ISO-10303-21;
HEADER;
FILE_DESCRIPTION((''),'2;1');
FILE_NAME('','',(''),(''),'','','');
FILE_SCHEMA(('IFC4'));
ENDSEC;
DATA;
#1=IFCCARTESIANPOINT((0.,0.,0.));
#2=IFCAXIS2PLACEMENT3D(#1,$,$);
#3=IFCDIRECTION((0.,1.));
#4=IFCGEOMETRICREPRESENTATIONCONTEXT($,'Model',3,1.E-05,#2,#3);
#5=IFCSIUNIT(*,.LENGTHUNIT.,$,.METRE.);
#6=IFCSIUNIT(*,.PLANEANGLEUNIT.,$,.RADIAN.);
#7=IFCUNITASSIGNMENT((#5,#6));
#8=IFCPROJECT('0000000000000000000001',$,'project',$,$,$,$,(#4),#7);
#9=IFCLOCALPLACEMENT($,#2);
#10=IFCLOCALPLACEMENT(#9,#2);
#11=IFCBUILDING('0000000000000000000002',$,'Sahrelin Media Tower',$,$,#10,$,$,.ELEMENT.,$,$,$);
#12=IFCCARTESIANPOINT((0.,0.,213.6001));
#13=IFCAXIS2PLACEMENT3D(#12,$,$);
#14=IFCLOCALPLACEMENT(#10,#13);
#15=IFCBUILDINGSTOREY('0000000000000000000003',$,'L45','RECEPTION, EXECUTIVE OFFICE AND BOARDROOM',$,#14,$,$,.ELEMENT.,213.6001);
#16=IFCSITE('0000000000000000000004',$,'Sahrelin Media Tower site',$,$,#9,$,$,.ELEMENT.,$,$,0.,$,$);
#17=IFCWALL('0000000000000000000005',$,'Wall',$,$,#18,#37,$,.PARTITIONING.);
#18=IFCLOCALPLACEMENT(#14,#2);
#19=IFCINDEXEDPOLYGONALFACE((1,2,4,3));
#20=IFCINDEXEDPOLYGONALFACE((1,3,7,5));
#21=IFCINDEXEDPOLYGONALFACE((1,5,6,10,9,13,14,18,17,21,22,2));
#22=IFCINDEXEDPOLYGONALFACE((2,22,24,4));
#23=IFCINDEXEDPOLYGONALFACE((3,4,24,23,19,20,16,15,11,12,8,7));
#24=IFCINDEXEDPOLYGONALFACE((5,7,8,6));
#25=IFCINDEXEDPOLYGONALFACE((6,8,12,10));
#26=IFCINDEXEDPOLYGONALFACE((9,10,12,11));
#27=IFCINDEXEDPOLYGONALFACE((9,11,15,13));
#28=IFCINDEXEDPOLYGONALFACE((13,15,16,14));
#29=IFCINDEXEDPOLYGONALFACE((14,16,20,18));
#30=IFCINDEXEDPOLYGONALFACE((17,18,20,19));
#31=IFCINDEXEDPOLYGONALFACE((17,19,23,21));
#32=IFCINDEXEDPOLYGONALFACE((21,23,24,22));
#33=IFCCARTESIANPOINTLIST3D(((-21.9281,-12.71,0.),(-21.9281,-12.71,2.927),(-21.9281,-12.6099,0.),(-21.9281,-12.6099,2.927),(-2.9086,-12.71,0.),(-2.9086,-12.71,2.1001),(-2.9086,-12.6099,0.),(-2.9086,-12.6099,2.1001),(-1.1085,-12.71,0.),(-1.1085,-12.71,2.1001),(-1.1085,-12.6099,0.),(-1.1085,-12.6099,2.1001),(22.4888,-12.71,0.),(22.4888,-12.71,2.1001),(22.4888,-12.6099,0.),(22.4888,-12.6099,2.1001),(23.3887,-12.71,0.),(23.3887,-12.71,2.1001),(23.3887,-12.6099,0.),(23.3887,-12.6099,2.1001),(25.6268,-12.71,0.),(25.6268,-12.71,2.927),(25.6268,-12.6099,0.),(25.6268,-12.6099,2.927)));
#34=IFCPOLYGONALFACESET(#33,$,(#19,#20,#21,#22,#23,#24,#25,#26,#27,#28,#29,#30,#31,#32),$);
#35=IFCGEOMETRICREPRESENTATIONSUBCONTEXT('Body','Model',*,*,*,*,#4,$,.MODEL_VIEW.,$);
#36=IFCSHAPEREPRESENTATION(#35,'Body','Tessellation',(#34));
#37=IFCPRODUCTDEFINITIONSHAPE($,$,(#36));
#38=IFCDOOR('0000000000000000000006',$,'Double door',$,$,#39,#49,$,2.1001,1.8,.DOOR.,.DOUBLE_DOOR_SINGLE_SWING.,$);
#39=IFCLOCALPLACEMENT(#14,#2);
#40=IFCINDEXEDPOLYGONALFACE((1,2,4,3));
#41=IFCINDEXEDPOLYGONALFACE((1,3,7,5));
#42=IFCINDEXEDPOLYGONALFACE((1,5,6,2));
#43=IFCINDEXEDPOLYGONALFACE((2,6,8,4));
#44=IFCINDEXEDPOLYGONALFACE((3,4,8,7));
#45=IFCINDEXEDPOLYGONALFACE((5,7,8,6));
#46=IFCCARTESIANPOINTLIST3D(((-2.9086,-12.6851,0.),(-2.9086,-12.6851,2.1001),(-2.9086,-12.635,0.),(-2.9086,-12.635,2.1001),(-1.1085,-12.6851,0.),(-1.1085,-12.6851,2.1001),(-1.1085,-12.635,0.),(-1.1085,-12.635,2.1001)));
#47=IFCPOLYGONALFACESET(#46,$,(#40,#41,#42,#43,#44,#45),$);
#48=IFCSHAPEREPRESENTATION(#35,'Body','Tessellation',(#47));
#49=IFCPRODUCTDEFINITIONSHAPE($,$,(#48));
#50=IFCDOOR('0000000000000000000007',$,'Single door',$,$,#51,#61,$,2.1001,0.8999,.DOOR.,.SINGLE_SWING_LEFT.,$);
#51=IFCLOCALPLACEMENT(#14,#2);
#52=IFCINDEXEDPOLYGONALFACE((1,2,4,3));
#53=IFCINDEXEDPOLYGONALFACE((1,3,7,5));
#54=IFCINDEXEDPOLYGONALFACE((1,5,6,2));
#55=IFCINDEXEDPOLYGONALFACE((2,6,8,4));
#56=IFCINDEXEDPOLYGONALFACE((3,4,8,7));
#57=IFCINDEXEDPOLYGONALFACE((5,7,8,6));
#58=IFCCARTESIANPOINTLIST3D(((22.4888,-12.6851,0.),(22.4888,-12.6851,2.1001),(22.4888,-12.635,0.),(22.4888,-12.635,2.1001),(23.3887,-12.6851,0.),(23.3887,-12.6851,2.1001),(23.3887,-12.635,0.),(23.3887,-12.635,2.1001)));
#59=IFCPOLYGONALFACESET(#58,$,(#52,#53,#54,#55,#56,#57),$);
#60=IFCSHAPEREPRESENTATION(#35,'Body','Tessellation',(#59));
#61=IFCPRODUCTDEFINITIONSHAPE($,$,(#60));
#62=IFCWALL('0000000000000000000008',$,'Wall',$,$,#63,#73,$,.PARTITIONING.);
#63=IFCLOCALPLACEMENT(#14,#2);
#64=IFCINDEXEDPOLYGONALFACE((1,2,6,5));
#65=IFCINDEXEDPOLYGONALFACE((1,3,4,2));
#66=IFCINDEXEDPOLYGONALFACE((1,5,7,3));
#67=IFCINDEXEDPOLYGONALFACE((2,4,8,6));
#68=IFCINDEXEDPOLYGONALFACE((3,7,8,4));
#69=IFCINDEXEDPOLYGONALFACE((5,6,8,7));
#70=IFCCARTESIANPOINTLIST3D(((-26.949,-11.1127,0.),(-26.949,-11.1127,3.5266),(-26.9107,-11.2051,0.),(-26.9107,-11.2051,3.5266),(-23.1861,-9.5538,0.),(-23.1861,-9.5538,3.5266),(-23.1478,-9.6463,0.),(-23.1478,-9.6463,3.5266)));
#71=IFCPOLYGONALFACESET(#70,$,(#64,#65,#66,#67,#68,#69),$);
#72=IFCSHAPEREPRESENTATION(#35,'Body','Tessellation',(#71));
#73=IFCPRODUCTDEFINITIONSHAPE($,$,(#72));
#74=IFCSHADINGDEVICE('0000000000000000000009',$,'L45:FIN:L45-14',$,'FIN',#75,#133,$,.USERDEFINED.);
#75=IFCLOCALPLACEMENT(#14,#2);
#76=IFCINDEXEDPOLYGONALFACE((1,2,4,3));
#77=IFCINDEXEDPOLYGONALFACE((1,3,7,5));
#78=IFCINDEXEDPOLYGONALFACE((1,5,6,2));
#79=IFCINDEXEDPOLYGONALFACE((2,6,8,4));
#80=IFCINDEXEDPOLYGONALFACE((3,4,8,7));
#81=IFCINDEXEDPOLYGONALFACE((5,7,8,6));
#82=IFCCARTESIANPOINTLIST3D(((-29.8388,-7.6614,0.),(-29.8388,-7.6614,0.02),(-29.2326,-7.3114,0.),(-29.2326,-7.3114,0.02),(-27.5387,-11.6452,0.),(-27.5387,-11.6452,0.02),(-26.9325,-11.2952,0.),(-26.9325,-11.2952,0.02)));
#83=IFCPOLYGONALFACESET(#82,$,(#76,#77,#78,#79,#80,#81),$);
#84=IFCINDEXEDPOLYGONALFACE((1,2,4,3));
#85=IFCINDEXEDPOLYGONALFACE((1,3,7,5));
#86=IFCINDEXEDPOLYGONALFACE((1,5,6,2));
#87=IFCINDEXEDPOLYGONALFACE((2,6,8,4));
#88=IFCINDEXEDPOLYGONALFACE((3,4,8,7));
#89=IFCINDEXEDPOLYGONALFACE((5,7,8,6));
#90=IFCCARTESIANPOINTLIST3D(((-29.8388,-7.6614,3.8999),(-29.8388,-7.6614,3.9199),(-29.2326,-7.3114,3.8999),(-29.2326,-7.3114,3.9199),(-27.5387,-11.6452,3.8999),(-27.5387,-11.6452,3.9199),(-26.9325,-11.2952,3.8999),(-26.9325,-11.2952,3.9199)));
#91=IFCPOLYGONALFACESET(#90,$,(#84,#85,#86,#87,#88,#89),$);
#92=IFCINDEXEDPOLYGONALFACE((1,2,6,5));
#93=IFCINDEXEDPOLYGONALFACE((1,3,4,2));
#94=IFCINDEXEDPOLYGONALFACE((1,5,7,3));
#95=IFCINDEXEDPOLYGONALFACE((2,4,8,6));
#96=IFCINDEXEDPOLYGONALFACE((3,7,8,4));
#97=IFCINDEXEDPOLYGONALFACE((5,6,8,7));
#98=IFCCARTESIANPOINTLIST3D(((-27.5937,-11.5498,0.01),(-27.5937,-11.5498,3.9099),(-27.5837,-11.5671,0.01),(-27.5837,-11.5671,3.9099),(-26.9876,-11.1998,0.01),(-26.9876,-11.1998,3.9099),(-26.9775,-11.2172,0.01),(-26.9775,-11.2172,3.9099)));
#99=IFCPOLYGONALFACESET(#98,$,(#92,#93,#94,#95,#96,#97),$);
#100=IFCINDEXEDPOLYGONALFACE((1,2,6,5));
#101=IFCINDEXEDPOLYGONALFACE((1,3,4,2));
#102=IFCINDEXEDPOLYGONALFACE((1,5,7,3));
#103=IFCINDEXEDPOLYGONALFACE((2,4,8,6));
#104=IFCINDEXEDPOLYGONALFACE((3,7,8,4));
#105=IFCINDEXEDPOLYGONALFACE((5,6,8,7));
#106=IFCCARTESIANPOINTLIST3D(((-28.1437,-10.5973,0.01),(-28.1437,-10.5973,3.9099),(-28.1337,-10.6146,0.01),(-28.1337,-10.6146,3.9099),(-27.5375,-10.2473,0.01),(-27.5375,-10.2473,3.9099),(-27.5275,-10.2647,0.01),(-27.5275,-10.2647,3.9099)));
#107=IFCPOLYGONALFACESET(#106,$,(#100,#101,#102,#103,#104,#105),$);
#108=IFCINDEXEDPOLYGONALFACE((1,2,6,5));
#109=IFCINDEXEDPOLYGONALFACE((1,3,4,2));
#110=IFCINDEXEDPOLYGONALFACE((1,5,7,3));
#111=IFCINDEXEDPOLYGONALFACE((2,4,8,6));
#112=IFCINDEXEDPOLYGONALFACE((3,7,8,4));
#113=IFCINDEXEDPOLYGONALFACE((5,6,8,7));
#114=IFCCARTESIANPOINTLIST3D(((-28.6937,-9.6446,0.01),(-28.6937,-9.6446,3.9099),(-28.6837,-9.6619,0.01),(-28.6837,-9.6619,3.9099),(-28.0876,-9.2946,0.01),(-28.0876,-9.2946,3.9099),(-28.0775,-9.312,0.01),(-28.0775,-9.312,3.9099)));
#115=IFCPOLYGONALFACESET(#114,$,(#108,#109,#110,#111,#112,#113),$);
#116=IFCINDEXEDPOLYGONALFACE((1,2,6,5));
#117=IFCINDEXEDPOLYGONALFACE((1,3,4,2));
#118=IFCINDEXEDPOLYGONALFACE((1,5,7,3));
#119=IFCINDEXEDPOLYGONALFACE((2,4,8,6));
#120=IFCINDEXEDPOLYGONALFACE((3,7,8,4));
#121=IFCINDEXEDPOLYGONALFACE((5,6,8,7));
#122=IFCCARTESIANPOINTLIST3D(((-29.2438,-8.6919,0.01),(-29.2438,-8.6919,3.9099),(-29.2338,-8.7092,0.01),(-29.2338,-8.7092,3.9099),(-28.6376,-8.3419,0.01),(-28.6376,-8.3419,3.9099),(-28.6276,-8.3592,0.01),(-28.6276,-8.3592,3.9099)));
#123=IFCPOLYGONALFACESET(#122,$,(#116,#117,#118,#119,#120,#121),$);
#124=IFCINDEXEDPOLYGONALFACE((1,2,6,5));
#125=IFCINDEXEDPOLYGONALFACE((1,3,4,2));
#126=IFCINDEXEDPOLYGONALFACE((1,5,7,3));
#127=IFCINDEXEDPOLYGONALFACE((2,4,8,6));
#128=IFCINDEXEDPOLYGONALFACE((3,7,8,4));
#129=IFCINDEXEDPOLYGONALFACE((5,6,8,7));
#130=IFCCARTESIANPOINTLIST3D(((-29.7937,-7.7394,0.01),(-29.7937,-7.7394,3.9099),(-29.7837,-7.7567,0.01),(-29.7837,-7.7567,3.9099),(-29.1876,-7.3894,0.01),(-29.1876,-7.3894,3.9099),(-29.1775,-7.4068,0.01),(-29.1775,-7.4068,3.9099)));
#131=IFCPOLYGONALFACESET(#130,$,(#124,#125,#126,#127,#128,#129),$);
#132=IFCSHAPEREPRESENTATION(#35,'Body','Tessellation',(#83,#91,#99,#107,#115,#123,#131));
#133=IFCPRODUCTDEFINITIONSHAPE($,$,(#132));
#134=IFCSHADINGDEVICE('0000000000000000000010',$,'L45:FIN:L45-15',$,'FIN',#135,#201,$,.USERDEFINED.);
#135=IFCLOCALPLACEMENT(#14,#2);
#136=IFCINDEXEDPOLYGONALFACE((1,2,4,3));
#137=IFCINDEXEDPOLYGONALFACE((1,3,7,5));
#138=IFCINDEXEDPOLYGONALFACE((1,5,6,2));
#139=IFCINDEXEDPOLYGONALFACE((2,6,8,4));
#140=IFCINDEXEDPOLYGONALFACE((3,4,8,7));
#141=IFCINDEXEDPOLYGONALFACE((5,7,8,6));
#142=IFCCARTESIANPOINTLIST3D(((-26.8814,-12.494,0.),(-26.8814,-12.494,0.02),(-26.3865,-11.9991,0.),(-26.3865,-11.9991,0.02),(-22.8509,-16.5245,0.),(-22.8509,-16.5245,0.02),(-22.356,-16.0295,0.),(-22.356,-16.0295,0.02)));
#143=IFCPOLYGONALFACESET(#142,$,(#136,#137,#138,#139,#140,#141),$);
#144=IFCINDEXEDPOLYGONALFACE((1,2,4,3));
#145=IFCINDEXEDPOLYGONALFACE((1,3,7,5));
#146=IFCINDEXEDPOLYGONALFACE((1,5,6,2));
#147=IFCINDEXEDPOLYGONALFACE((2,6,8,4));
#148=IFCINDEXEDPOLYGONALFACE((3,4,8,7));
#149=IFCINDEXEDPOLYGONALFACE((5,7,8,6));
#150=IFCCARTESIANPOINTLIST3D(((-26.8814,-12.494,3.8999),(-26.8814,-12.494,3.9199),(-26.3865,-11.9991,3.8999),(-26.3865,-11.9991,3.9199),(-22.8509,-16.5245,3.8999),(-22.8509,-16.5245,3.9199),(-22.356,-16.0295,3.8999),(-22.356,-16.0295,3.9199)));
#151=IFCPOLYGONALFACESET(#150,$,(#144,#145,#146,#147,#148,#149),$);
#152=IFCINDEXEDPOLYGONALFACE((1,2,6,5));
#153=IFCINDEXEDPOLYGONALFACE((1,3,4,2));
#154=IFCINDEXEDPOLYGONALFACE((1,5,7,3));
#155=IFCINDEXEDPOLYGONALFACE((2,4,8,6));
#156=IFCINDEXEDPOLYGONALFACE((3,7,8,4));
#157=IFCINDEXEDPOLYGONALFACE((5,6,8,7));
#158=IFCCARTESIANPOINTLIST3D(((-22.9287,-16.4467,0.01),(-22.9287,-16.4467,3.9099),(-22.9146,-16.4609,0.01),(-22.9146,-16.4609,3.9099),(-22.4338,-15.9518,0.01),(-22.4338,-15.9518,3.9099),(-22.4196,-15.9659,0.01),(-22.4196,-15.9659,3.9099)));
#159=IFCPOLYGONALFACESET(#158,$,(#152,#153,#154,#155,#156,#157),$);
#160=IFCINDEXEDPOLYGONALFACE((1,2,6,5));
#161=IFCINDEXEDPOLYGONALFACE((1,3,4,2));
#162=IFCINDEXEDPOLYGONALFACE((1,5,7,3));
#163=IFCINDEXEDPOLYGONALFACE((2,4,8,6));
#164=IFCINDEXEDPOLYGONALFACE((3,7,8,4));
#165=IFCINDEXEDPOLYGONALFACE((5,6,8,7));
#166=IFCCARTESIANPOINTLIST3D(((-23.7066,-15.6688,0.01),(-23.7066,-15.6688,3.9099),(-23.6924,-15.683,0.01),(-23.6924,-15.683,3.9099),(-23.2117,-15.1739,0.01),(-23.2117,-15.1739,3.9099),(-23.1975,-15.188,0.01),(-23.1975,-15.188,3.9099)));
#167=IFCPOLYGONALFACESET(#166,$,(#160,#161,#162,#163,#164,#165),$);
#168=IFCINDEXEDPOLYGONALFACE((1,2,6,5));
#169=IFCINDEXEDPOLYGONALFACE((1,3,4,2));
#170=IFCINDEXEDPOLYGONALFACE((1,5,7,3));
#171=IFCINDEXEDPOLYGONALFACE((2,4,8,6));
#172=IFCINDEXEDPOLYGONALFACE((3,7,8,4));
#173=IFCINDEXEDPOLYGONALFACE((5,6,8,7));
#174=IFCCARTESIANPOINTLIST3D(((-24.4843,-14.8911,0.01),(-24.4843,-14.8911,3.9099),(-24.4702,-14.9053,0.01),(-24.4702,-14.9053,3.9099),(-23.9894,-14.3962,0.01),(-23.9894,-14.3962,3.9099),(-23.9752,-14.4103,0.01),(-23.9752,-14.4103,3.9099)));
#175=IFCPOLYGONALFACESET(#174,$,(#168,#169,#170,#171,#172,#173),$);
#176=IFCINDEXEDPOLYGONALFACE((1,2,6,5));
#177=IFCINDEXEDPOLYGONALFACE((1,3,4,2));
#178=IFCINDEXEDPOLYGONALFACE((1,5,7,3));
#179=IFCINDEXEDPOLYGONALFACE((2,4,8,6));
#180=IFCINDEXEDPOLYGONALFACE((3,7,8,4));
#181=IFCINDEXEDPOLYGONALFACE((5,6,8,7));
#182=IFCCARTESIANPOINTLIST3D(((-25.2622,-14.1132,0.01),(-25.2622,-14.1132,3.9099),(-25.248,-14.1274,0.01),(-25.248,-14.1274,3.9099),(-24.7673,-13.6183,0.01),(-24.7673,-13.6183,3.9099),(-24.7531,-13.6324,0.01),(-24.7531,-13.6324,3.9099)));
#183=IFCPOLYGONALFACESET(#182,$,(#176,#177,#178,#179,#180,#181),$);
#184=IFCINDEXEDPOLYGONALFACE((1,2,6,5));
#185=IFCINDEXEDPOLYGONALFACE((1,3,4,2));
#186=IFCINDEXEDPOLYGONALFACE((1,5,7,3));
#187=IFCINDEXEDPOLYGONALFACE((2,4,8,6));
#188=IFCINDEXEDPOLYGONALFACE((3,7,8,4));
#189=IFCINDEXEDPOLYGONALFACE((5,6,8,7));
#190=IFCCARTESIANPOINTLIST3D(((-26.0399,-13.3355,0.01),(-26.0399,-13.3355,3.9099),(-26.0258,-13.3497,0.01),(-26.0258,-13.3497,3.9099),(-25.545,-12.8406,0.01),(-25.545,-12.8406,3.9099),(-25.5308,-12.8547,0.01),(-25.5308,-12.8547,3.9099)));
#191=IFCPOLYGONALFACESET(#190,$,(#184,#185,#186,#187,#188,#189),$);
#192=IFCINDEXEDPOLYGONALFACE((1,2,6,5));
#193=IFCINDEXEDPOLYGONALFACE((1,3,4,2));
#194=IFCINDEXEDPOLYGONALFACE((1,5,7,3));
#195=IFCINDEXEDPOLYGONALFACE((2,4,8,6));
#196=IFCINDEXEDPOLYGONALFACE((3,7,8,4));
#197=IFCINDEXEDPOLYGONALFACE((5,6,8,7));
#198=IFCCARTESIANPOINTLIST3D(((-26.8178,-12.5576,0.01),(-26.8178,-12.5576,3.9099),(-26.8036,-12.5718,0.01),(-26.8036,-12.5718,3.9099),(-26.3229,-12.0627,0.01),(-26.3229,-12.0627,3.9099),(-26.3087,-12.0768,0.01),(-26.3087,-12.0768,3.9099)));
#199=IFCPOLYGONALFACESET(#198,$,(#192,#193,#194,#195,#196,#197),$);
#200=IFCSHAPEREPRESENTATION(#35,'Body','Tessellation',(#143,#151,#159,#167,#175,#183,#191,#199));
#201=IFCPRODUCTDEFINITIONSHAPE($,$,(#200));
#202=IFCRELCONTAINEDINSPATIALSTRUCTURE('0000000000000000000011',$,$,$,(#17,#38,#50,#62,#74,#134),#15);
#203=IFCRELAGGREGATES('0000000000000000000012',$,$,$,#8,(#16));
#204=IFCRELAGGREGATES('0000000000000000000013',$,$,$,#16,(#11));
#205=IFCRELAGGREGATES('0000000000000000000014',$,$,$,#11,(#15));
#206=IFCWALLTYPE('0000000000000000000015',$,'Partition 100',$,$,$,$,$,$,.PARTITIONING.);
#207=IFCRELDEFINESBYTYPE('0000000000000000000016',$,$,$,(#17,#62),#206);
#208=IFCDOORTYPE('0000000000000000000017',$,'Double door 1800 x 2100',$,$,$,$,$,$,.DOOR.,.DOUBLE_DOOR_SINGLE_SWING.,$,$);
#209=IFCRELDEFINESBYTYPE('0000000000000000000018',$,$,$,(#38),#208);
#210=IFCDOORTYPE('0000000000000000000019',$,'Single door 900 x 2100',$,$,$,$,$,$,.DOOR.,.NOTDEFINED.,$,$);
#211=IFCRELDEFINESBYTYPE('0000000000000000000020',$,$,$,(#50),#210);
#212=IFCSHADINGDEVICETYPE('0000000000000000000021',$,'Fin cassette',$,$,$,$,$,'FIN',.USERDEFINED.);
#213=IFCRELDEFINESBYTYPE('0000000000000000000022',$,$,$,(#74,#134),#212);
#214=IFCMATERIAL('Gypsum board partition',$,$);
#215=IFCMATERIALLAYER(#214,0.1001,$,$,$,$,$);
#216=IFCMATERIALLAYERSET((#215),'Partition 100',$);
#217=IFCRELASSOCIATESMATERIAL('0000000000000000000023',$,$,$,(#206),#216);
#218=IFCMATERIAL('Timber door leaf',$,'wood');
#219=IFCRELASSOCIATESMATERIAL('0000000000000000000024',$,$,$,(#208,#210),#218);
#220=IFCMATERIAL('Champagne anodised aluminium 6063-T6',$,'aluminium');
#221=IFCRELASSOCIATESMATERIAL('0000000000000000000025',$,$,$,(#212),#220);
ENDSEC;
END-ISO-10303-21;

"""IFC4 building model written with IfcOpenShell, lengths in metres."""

from ifc_helpers import new_model, si_unit, direction, frame, frame_2d, origin, origin_2d, place, context, subcontext, project, spatial, rectangle, extrude, material, layer, layer_set, type_object, element, fill, save


model = new_model("IFC4")

# Units and contexts
model_context = context("Model", 3, precision=1e-05, world=origin(), true_north=direction((0.0, 1.0)))
body_context = subcontext(model_context, "Body", "Model", "MODEL_VIEW")
ifc_project = project(units=[si_unit("LENGTHUNIT", "METRE"), si_unit("PLANEANGLEUNIT", "RADIAN")], contexts=[model_context])

# Site, building, storey
site_placement = place(None, origin())
site = spatial("IfcSite", under=ifc_project, at=site_placement, Name="Sahrelin Media Tower site", CompositionType="ELEMENT", RefElevation=0.0)
building_placement = place(site_placement, origin())
building = spatial("IfcBuilding", under=site, at=building_placement, Name="Sahrelin Media Tower", CompositionType="ELEMENT")
storey_placement = place(building_placement, frame((0.0, 0.0, 213.6001)))
storey = spatial("IfcBuildingStorey", under=building, at=storey_placement, Name="L45", Description="RECEPTION, EXECUTIVE OFFICE AND BOARDROOM", CompositionType="ELEMENT", Elevation=213.6001)

# Shared definitions
ifc_material_1 = material(Name="Champagne anodised aluminium 6063-T6", Category="aluminium")

# Wall, openings, doors
ifc_material_2 = material(Name="Gypsum board partition")
ifc_layer_1 = layer(ifc_material_2, 0.1001)
ifc_layer_set_1 = layer_set([ifc_layer_1], Name="Partition 100")
wall_type_1 = type_object("IfcWallType", Name="Partition 100", PredefinedType="PARTITIONING", material=ifc_layer_set_1)
wall_1_placement = place(storey_placement, frame((-21.928, -12.6599, 0.0), z_axis=(0.0, 0.0, 1.0), x_axis=(1.0, 0.0, 0.0)))
wall_1 = element("IfcWall", 1, at=wall_1_placement, inside=storey, type_object=wall_type_1, Name="Wall", PredefinedType="PARTITIONING", context=body_context, shape_type="SweptSolid", body=[
    extrude(rectangle(XDim=47.5549, YDim=0.1001, at=frame_2d((23.7773, 0.0))), origin(), (0.0, 0.0, 1.0), 2.927),
])
opening_1_placement = place(wall_1_placement, frame((19.0195, 0.0, 0.0)))
opening_1 = element("IfcOpeningElement", 2, at=opening_1_placement, cuts=wall_1, PredefinedType="OPENING", context=body_context, shape_type="SweptSolid", body=[
    extrude(rectangle(XDim=1.8, YDim=2.1001, at=frame_2d((0.8999, 1.05))), frame((0.0, 0.05, 0.0), z_axis=(0.0, -1.0, 0.0), x_axis=(1.0, 0.0, 0.0)), (0.0, 0.0, 1.0), 0.1001),
])
opening_2_placement = place(wall_1_placement, frame((44.4167, 0.0, 0.0)))
opening_2 = element("IfcOpeningElement", 3, at=opening_2_placement, cuts=wall_1, PredefinedType="OPENING", context=body_context, shape_type="SweptSolid", body=[
    extrude(rectangle(XDim=0.8999, YDim=2.1001, at=frame_2d((0.45, 1.05))), frame((0.0, 0.05, 0.0), z_axis=(0.0, -1.0, 0.0), x_axis=(1.0, 0.0, 0.0)), (0.0, 0.0, 1.0), 0.1001),
])
ifc_material_3 = material(Name="Timber door leaf", Category="wood")
door_type_1 = type_object("IfcDoorType", Name="Double door 1800 x 2100", OperationType="DOUBLE_DOOR_SINGLE_SWING", PredefinedType="DOOR", material=ifc_material_3)
door_1_placement = place(opening_1_placement, origin())
door_1 = element("IfcDoor", 4, at=door_1_placement, inside=storey, type_object=door_type_1, Name="Double door", OperationType="DOUBLE_DOOR_SINGLE_SWING", OverallHeight=2.1001, OverallWidth=1.8, PredefinedType="DOOR", context=body_context, shape_type="SweptSolid", body=[
    extrude(rectangle(XDim=1.8, YDim=2.1001, at=frame_2d((0.8999, 1.05))), frame((0.0, 0.0249, 0.0), z_axis=(0.0, -1.0, 0.0), x_axis=(1.0, 0.0, 0.0)), (0.0, 0.0, 1.0), 0.05),
])
fill(opening_1, door_1)
door_type_2 = type_object("IfcDoorType", Name="Single door 900 x 2100", OperationType="NOTDEFINED", PredefinedType="DOOR", material=ifc_material_3)
door_2_placement = place(opening_2_placement, origin())
door_2 = element("IfcDoor", 5, at=door_2_placement, inside=storey, type_object=door_type_2, Name="Single door", OperationType="SINGLE_SWING_LEFT", OverallHeight=2.1001, OverallWidth=0.8999, PredefinedType="DOOR", context=body_context, shape_type="SweptSolid", body=[
    extrude(rectangle(XDim=0.8999, YDim=2.1001, at=frame_2d((0.45, 1.05))), frame((0.0, 0.0249, 0.0), z_axis=(0.0, -1.0, 0.0), x_axis=(1.0, 0.0, 0.0)), (0.0, 0.0, 1.0), 0.05),
])
fill(opening_2, door_2)

# Wall
wall_2_placement = place(storey_placement, frame((-26.9299, -11.1589, 0.0), z_axis=(0.0, 0.0, 1.0), x_axis=(0.923864, 0.382721, 0.0)))
element("IfcWall", 6, at=wall_2_placement, inside=storey, type_object=wall_type_1, Name="Wall", PredefinedType="PARTITIONING", context=body_context, shape_type="SweptSolid", body=[
    extrude(rectangle(XDim=4.073, YDim=0.1001, at=frame_2d((2.0366, 0.0))), origin(), (0.0, 0.0, 1.0), 3.5266),
])

# Shading devices
shading_device_type_1 = type_object("IfcShadingDeviceType", Name="Fin cassette", ElementType="FIN", PredefinedType="USERDEFINED", material=ifc_material_1)
placement_1 = place(storey_placement, frame((-28.022, -9.2683, 0.0), z_axis=(0.0, 0.0, 1.0), x_axis=(-0.500011, 0.866019, 0.0)))
element("IfcShadingDevice", 7, at=placement_1, inside=storey, type_object=shading_device_type_1, Name="L45:FIN:L45-14", ObjectType="FIN", PredefinedType="USERDEFINED", context=body_context, shape_type="SweptSolid", body=[
    extrude(rectangle(XDim=4.6001, YDim=0.7, at=origin_2d()), frame((0.0, 0.4199, 0.0)), (0.0, 0.0, 1.0), 0.02),
    extrude(rectangle(XDim=4.6001, YDim=0.7, at=origin_2d()), frame((0.0, 0.4199, 3.8999)), (0.0, 0.0, 1.0), 0.02),
    extrude(rectangle(XDim=0.02, YDim=0.7, at=origin_2d()), frame((-2.2, 0.4199, 0.01), z_axis=(0.0, 0.0, 1.0), x_axis=(1.0, 0.0, 0.0)), (0.0, 0.0, 1.0), 3.8999),
    extrude(rectangle(XDim=0.02, YDim=0.7, at=origin_2d()), frame((-1.1001, 0.4199, 0.01), z_axis=(0.0, 0.0, 1.0), x_axis=(1.0, 0.0, 0.0)), (0.0, 0.0, 1.0), 3.8999),
    extrude(rectangle(XDim=0.02, YDim=0.7, at=origin_2d()), frame((0.0, 0.4199, 0.01), z_axis=(0.0, 0.0, 1.0), x_axis=(1.0, 0.0, 0.0)), (0.0, 0.0, 1.0), 3.8999),
    extrude(rectangle(XDim=0.02, YDim=0.7, at=origin_2d()), frame((1.1001, 0.4199, 0.01), z_axis=(0.0, 0.0, 1.0), x_axis=(1.0, 0.0, 0.0)), (0.0, 0.0, 1.0), 3.8999),
    extrude(rectangle(XDim=0.02, YDim=0.7, at=origin_2d()), frame((2.2, 0.4199, 0.01), z_axis=(0.0, 0.0, 1.0), x_axis=(1.0, 0.0, 0.0)), (0.0, 0.0, 1.0), 3.8999),
])
placement_2 = place(storey_placement, frame((-24.3218, -13.9648, 0.0), z_axis=(0.0, 0.0, 1.0), x_axis=(-0.707107, 0.707107, 0.0)))
element("IfcShadingDevice", 8, at=placement_2, inside=storey, type_object=shading_device_type_1, Name="L45:FIN:L45-15", ObjectType="FIN", PredefinedType="USERDEFINED", context=body_context, shape_type="SweptSolid", body=[
    extrude(rectangle(XDim=5.7, YDim=0.7, at=origin_2d()), frame((0.0, 0.4199, 0.0)), (0.0, 0.0, 1.0), 0.02),
    extrude(rectangle(XDim=5.7, YDim=0.7, at=origin_2d()), frame((0.0, 0.4199, 3.8999)), (0.0, 0.0, 1.0), 0.02),
    extrude(rectangle(XDim=0.02, YDim=0.7, at=origin_2d()), frame((-2.75, 0.4199, 0.01), z_axis=(0.0, 0.0, 1.0), x_axis=(1.0, 0.0, 0.0)), (0.0, 0.0, 1.0), 3.8999),
    extrude(rectangle(XDim=0.02, YDim=0.7, at=origin_2d()), frame((-1.6499, 0.4199, 0.01), z_axis=(0.0, 0.0, 1.0), x_axis=(1.0, 0.0, 0.0)), (0.0, 0.0, 1.0), 3.8999),
    extrude(rectangle(XDim=0.02, YDim=0.7, at=origin_2d()), frame((-0.55, 0.4199, 0.01), z_axis=(0.0, 0.0, 1.0), x_axis=(1.0, 0.0, 0.0)), (0.0, 0.0, 1.0), 3.8999),
    extrude(rectangle(XDim=0.02, YDim=0.7, at=origin_2d()), frame((0.55, 0.4199, 0.01), z_axis=(0.0, 0.0, 1.0), x_axis=(1.0, 0.0, 0.0)), (0.0, 0.0, 1.0), 3.8999),
    extrude(rectangle(XDim=0.02, YDim=0.7, at=origin_2d()), frame((1.6499, 0.4199, 0.01), z_axis=(0.0, 0.0, 1.0), x_axis=(1.0, 0.0, 0.0)), (0.0, 0.0, 1.0), 3.8999),
    extrude(rectangle(XDim=0.02, YDim=0.7, at=origin_2d()), frame((2.75, 0.4199, 0.01), z_axis=(0.0, 0.0, 1.0), x_axis=(1.0, 0.0, 0.0)), (0.0, 0.0, 1.0), 3.8999),
])

save(model, "model.ifc")
